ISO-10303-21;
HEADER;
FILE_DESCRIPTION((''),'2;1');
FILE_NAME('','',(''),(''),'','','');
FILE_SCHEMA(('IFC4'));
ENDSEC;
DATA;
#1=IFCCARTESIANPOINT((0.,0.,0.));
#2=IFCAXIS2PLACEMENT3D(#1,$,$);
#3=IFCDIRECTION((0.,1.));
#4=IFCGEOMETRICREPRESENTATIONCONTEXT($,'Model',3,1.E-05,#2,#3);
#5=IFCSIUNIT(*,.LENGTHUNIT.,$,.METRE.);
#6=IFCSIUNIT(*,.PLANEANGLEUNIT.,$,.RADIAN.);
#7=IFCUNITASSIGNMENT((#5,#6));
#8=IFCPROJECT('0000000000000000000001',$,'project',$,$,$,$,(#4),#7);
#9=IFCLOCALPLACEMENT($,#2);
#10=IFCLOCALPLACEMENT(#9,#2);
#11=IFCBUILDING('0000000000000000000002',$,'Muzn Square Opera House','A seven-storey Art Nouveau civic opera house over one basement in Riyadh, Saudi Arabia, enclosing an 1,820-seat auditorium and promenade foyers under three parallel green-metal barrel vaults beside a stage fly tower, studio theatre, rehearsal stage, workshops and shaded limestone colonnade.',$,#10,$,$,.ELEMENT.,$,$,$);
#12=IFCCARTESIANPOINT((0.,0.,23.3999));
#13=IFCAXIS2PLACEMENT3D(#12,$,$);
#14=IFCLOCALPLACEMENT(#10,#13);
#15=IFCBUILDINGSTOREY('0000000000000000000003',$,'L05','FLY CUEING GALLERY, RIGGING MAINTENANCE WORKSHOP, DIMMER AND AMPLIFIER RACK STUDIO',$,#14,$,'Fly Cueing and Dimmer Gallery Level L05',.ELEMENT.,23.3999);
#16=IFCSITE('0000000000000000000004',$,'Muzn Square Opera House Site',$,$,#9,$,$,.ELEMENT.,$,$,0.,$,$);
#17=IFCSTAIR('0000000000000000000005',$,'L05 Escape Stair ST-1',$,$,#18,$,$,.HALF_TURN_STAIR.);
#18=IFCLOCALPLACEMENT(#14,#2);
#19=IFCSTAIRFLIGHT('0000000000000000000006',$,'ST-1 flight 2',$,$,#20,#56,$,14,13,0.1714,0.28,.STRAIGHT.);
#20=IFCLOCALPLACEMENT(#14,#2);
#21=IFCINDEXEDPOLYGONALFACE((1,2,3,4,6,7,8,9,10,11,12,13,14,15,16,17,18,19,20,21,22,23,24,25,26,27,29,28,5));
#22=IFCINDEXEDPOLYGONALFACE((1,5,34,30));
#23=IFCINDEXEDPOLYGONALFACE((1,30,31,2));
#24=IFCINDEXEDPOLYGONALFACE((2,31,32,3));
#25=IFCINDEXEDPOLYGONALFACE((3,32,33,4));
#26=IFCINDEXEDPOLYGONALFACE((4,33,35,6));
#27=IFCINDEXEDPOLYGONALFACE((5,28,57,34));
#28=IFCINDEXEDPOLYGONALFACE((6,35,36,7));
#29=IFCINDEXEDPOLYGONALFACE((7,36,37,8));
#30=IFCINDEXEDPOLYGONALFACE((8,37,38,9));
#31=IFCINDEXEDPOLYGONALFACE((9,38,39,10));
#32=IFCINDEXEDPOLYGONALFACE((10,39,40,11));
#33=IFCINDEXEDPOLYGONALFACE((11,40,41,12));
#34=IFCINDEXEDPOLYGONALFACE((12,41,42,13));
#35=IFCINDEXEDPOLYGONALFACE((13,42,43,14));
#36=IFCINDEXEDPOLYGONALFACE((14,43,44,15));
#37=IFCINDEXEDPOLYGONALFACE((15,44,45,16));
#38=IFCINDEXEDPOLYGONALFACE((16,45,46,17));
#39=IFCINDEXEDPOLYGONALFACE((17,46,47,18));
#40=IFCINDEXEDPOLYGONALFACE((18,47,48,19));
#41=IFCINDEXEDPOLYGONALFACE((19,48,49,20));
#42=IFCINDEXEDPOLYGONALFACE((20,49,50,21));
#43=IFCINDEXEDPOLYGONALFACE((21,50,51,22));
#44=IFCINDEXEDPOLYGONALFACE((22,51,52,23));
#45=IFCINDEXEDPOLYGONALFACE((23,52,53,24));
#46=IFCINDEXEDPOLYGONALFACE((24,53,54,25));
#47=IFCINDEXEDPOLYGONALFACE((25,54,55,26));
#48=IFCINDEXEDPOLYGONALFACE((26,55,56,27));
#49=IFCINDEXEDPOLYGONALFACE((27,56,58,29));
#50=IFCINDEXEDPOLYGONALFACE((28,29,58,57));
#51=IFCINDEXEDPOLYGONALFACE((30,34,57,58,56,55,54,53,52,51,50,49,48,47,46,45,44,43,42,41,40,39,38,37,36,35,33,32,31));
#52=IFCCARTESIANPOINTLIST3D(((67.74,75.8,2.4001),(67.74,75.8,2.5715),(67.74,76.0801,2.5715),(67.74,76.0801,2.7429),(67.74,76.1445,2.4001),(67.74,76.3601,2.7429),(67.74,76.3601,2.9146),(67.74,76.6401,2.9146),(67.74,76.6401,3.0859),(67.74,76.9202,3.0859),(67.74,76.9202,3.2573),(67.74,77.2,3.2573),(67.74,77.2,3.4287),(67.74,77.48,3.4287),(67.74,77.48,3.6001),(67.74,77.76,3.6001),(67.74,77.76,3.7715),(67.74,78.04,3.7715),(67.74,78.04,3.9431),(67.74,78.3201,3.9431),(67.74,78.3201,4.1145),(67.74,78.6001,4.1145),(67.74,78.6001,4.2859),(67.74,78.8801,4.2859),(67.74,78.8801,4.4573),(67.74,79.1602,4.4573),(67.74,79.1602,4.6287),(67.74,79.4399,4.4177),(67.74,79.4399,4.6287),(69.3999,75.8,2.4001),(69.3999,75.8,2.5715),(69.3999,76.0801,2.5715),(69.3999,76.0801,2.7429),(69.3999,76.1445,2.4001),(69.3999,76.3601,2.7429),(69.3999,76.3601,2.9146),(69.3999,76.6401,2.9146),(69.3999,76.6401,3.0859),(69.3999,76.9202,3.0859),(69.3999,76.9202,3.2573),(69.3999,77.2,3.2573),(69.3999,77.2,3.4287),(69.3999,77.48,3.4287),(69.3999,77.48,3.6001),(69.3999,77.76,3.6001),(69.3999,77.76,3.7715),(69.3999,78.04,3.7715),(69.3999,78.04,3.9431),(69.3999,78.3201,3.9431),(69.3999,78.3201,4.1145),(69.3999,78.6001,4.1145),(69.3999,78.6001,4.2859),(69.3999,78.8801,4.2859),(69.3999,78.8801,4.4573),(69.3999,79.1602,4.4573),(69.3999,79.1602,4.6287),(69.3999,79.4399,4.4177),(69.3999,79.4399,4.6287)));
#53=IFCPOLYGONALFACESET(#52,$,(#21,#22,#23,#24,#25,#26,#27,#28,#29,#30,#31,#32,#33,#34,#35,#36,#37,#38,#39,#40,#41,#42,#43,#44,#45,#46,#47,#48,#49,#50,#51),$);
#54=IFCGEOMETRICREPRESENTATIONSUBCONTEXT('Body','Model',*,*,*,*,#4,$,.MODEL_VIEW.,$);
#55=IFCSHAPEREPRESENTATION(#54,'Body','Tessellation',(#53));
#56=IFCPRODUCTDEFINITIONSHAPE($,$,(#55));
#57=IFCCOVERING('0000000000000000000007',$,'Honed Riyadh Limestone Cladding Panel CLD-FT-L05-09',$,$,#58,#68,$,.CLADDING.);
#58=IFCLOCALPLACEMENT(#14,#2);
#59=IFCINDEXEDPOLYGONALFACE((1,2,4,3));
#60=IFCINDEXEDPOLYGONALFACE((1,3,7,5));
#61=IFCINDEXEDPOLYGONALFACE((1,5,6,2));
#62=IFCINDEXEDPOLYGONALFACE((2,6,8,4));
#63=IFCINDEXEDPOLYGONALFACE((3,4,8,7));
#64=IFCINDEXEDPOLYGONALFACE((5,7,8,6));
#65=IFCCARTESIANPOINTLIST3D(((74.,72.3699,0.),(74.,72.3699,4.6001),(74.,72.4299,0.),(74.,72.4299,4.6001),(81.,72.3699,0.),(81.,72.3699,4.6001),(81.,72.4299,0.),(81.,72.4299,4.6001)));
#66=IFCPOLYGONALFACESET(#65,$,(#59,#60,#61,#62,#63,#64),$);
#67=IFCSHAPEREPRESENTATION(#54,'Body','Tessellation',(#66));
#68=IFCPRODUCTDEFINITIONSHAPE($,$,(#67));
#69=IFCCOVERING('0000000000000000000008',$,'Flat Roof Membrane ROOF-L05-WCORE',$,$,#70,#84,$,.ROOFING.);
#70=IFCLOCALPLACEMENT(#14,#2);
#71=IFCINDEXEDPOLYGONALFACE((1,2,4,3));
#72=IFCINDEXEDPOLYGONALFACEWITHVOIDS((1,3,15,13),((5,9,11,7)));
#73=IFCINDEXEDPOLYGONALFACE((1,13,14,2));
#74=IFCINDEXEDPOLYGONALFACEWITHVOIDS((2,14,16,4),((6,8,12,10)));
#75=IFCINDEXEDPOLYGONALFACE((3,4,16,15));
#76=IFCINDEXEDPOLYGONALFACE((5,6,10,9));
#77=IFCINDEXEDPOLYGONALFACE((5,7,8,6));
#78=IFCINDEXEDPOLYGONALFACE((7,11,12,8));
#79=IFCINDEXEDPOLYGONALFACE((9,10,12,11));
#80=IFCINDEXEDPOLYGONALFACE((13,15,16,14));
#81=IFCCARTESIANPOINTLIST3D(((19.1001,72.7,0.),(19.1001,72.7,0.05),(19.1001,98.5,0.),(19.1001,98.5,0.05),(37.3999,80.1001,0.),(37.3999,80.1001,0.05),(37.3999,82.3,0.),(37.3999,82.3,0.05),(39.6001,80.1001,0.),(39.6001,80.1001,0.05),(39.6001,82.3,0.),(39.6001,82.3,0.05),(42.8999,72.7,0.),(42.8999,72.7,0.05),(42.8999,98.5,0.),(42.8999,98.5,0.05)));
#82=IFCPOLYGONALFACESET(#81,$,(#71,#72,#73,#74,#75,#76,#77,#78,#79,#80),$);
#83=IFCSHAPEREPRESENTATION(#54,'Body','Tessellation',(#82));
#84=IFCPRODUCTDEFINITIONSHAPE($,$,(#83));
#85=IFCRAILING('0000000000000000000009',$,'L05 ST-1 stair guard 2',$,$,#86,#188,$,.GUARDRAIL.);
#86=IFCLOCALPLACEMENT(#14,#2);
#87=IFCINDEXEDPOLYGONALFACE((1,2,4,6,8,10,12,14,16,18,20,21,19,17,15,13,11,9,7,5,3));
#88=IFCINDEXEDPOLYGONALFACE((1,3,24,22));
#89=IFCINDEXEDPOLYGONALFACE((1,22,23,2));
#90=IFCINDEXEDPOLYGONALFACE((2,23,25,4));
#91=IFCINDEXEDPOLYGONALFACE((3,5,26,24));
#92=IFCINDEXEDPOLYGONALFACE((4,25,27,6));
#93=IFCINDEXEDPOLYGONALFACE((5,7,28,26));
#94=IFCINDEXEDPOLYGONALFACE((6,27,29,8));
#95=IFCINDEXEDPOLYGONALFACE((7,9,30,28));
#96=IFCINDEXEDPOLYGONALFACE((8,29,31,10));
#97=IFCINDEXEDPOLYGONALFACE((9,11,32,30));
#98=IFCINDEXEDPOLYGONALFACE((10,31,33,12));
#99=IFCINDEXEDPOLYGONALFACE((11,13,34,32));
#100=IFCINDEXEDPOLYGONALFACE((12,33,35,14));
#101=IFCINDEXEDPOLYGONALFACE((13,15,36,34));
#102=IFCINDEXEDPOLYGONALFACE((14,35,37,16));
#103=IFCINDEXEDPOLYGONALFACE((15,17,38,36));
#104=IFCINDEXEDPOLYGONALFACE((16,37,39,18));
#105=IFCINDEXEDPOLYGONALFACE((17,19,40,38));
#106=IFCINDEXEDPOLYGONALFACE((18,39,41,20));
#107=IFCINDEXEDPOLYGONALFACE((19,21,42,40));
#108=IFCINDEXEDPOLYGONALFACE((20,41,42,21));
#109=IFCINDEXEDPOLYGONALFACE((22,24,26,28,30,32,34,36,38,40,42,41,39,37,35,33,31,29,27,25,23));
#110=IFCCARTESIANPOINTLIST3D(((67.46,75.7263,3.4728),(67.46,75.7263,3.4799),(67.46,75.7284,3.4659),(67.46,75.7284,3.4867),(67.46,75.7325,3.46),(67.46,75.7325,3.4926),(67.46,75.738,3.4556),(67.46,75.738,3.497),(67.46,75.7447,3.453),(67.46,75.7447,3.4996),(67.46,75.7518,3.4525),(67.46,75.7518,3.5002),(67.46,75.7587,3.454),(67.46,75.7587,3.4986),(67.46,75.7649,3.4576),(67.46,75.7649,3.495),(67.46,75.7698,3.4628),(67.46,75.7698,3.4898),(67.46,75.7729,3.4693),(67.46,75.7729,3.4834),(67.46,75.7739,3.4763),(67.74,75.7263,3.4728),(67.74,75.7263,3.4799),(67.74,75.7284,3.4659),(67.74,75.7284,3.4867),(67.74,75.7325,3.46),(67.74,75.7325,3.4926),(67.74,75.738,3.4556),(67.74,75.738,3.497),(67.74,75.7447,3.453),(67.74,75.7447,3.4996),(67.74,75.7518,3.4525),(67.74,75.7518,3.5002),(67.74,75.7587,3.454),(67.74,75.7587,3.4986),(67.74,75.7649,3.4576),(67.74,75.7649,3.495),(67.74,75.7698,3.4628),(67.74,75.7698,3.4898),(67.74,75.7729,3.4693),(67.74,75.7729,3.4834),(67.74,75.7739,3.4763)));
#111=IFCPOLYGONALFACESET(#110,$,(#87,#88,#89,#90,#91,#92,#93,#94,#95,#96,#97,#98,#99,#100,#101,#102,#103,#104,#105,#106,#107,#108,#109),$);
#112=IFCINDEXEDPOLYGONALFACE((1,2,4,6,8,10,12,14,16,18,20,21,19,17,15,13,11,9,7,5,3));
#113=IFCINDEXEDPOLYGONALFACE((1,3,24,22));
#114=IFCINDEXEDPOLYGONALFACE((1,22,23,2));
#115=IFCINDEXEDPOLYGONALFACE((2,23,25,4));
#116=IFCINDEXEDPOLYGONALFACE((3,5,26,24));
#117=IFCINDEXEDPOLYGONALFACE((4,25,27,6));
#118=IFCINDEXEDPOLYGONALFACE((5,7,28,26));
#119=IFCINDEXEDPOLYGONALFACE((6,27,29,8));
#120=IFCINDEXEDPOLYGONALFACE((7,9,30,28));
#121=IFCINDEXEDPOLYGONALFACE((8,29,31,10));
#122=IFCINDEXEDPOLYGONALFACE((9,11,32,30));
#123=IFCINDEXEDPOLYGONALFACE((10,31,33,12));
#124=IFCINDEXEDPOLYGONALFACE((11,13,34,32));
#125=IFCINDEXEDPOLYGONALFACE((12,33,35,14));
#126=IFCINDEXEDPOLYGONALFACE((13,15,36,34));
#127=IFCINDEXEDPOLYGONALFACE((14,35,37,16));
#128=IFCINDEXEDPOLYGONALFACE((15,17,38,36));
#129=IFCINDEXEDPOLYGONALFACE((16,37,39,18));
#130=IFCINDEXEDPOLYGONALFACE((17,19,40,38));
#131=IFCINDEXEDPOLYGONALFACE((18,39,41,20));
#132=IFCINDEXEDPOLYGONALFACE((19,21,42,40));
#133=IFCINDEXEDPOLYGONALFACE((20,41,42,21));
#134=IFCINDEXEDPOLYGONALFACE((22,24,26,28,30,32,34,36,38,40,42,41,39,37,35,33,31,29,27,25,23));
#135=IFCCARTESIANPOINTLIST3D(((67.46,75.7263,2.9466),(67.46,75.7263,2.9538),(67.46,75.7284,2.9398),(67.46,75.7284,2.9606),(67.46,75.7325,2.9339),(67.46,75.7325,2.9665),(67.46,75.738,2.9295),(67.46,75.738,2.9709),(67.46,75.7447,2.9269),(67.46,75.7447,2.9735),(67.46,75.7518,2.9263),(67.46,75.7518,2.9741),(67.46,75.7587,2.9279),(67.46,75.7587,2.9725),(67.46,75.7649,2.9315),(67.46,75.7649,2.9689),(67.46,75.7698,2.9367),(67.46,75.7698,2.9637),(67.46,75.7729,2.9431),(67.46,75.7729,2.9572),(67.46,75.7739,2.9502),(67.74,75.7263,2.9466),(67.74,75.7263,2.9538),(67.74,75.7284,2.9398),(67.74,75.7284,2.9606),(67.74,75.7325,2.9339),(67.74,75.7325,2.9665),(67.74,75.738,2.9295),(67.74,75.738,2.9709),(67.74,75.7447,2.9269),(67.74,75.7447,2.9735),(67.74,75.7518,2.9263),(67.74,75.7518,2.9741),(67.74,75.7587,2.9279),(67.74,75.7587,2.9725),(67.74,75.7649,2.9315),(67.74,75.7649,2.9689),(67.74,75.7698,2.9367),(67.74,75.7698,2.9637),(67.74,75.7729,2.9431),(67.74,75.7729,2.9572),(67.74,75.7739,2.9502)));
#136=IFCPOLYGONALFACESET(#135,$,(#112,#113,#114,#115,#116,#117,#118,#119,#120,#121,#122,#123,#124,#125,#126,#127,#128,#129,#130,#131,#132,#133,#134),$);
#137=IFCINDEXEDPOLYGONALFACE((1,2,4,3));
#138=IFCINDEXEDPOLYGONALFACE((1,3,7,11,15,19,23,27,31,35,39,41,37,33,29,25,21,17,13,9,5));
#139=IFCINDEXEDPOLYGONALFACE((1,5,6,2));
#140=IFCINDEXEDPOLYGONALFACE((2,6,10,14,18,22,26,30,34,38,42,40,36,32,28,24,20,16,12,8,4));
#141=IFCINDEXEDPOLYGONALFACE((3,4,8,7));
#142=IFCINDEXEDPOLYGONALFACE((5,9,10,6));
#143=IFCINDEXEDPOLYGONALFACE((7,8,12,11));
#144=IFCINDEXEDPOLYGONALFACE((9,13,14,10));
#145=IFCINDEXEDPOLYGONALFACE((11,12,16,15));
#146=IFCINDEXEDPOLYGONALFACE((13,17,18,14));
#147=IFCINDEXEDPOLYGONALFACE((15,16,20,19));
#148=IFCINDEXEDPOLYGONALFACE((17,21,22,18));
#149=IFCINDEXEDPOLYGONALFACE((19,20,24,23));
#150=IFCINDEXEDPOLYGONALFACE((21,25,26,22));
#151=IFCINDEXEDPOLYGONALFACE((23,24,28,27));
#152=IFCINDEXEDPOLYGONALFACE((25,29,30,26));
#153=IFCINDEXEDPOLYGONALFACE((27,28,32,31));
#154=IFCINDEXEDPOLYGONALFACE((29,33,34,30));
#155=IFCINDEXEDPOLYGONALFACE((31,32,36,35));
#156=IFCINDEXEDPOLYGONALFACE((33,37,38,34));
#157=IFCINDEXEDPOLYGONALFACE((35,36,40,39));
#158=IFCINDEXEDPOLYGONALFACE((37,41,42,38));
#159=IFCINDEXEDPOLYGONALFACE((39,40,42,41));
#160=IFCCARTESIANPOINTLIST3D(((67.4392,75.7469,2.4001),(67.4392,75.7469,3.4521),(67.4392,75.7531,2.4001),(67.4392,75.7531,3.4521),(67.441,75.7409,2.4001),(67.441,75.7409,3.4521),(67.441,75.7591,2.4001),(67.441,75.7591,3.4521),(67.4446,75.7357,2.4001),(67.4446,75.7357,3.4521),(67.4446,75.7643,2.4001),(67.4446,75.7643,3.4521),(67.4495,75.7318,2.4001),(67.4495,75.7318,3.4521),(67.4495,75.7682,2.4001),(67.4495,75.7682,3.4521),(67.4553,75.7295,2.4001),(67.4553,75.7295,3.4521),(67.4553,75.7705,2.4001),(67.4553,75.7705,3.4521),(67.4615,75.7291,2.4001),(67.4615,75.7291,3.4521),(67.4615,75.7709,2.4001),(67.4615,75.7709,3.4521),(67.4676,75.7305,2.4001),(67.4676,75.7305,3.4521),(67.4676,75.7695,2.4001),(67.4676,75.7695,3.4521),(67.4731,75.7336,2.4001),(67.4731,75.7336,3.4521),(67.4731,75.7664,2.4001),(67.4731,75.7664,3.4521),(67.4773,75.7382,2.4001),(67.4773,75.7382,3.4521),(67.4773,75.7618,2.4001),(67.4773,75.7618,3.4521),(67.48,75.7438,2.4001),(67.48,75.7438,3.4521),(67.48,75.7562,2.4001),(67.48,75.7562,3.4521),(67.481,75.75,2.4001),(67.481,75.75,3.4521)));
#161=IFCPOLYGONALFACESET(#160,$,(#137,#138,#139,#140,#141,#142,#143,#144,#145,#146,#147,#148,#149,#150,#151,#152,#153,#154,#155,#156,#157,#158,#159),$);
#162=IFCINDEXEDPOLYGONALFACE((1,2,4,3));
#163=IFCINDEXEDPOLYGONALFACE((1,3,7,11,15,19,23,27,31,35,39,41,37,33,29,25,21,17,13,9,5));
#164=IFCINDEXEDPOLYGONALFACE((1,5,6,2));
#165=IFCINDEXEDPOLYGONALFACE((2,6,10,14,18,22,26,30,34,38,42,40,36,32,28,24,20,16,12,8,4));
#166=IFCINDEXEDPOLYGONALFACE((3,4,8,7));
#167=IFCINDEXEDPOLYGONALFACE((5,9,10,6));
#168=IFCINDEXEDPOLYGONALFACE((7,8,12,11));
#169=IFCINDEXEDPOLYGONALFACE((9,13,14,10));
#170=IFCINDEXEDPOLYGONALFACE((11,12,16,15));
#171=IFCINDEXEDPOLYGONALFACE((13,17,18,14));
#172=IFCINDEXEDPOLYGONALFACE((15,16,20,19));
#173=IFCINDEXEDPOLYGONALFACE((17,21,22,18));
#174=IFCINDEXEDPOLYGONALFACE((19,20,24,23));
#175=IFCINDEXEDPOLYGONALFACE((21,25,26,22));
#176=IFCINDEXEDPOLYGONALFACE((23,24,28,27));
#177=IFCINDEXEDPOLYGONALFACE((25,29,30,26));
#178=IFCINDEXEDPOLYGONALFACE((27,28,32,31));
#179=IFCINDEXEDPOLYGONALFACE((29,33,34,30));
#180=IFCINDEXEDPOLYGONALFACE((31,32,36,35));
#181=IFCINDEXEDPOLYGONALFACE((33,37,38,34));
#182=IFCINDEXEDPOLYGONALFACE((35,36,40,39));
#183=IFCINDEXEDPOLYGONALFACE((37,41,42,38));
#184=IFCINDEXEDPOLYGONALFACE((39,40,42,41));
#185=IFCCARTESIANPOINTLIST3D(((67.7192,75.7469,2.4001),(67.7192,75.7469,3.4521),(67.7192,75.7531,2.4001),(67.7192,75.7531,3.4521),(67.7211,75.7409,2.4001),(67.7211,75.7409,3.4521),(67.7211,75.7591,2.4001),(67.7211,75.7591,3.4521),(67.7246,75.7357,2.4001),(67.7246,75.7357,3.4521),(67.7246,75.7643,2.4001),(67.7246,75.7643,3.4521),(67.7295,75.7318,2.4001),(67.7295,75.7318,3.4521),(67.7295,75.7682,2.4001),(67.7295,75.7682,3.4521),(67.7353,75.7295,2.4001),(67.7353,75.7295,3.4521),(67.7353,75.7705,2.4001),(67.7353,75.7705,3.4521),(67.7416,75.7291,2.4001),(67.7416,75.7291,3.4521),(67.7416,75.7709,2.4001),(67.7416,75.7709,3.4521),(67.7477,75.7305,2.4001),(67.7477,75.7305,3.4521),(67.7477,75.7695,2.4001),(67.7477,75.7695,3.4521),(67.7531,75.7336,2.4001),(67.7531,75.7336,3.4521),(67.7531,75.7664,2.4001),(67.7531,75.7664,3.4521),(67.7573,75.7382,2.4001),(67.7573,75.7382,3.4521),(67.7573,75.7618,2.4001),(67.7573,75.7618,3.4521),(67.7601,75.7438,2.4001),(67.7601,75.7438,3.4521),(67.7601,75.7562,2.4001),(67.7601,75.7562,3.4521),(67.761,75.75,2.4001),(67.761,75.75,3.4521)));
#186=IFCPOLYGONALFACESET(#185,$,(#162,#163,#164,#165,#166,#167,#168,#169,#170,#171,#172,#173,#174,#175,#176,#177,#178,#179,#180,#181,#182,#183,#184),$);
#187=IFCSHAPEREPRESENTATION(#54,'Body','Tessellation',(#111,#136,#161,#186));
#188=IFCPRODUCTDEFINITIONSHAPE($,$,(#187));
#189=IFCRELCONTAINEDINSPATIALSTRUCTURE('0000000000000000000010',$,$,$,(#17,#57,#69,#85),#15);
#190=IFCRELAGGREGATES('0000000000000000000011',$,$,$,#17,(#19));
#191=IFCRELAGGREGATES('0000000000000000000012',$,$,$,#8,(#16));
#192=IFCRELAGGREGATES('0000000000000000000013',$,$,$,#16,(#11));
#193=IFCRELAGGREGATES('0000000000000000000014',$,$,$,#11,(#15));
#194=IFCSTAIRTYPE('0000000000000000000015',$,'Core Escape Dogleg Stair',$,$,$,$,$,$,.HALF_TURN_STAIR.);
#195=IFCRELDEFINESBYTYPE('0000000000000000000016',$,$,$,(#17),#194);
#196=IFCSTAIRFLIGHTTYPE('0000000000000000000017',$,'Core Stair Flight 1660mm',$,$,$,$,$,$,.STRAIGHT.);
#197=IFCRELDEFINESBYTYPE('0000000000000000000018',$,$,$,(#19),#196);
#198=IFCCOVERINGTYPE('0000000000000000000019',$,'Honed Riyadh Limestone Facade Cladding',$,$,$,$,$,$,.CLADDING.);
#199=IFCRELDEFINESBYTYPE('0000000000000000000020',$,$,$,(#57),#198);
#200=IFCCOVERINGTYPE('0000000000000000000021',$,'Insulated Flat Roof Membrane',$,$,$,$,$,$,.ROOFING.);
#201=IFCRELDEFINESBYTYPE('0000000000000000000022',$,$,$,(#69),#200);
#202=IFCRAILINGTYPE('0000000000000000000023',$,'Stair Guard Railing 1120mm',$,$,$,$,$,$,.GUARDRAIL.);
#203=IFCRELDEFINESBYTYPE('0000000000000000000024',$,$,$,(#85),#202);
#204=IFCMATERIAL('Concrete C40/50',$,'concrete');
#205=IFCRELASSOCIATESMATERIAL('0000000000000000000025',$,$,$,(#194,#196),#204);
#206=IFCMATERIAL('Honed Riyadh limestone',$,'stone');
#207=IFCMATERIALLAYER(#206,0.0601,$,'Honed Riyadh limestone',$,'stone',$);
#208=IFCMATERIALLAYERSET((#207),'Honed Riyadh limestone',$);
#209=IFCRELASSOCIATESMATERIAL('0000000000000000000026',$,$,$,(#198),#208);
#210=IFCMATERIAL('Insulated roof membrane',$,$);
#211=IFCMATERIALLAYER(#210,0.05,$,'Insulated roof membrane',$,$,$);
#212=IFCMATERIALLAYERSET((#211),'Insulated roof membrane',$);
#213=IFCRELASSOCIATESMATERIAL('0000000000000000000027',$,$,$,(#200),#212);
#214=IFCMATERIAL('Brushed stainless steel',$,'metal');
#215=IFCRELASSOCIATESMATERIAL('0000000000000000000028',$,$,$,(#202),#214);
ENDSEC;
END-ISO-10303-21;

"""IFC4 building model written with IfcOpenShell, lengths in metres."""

from ifc_helpers import new_model, si_unit, direction, frame, origin, origin_2d, place, context, subcontext, project, spatial, polyline, rectangle, circle, outline, extrude, material, layer, layer_set, type_object, element, aggregate, save


model = new_model("IFC4")

# Units and contexts
model_context = context("Model", 3, precision=1e-05, world=origin(), true_north=direction((0.0, 1.0)))
body_context = subcontext(model_context, "Body", "Model", "MODEL_VIEW")
ifc_project = project(units=[si_unit("LENGTHUNIT", "METRE"), si_unit("PLANEANGLEUNIT", "RADIAN")], contexts=[model_context])

# Site, building, storey
site_placement = place(None, origin())
site = spatial("IfcSite", under=ifc_project, at=site_placement, Name="Muzn Square Opera House Site", CompositionType="ELEMENT", RefElevation=0.0)
building_placement = place(site_placement, origin())
building = spatial("IfcBuilding", under=site, at=building_placement, Name="Muzn Square Opera House", Description="A seven-storey Art Nouveau civic opera house over one basement in Riyadh, Saudi Arabia, enclosing an 1,820-seat auditorium and promenade foyers under three parallel green-metal barrel vaults beside a stage fly tower, studio theatre, rehearsal stage, workshops and shaded limestone colonnade.", CompositionType="ELEMENT")
storey_placement = place(building_placement, frame((0.0, 0.0, 23.3999)))
storey = spatial("IfcBuildingStorey", under=building, at=storey_placement, Name="L05", Description="FLY CUEING GALLERY, RIGGING MAINTENANCE WORKSHOP, DIMMER AND AMPLIFIER RACK STUDIO", LongName="Fly Cueing and Dimmer Gallery Level L05", CompositionType="ELEMENT", Elevation=23.3999)

# Shared definitions
ifc_material_1 = material(Name="Concrete C40/50", Category="concrete")

# Stair
stair_type = type_object("IfcStairType", Name="Core Escape Dogleg Stair", PredefinedType="HALF_TURN_STAIR", material=ifc_material_1)
stair_1_placement = place(storey_placement, origin())
stair_1 = element("IfcStair", 1, at=stair_1_placement, inside=storey, type_object=stair_type, Name="L05 Escape Stair ST-1", PredefinedType="HALF_TURN_STAIR")

# Stair flight
stair_flight_type = type_object("IfcStairFlightType", Name="Core Stair Flight 1660mm", PredefinedType="STRAIGHT", material=ifc_material_1)
stair_flight_placement = place(storey_placement, frame((68.5701, 75.8, 2.4001), z_axis=(0.0, 0.0, 1.0), x_axis=(0.0, 1.0, 0.0)))
stair_flight = element("IfcStairFlight", 2, at=stair_flight_placement, type_object=stair_flight_type, Name="ST-1 flight 2", NumberOfRisers=14, NumberOfTreads=13, PredefinedType="STRAIGHT", RiserHeight=0.1714, TreadLength=0.28, context=body_context, shape_type="SweptSolid", body=[
    extrude(outline(polyline([(0.0, 0.0), (0.0, 0.1714), (0.28, 0.1714), (0.28, 0.3428), (0.5601, 0.3428), (0.5601, 0.5144), (0.8401, 0.5144), (0.8401, 0.6858), (1.1201, 0.6858), (1.1201, 0.8572), (1.3999, 0.8572), (1.3999, 1.0286), (1.6799, 1.0286), (1.6799, 1.2), (1.96, 1.2), (1.96, 1.3713), (2.24, 1.3713), (2.24, 1.543), (2.52, 1.543), (2.52, 1.7144), (2.8, 1.7144), (2.8, 1.8857), (3.0801, 1.8857), (3.0801, 2.0571), (3.3601, 2.0571), (3.3601, 2.2285), (3.6399, 2.2285), (3.6399, 2.3999), (3.6399, 2.0176), (0.3445, 0.0), (0.0, 0.0)])), frame((0.0, 0.8301, 0.0), z_axis=(0.0, -1.0, 0.0), x_axis=(1.0, 0.0, 0.0)), (0.0, 0.0, 1.0), 1.6599),
])
aggregate(stair_1, [stair_flight])

# Coverings
ifc_material_2 = material(Name="Honed Riyadh limestone", Category="stone")
ifc_layer_1 = layer(ifc_material_2, 0.0601, Name="Honed Riyadh limestone", Category="stone")
ifc_layer_set_1 = layer_set([ifc_layer_1], Name="Honed Riyadh limestone")
covering_type_1 = type_object("IfcCoveringType", Name="Honed Riyadh Limestone Facade Cladding", PredefinedType="CLADDING", material=ifc_layer_set_1)
covering_1_placement = place(storey_placement, frame((77.5, 72.3999, 0.0), z_axis=(0.0, 0.0, 1.0), x_axis=(1.0, 0.0, 0.0)))
element("IfcCovering", 3, at=covering_1_placement, inside=storey, type_object=covering_type_1, Name="Honed Riyadh Limestone Cladding Panel CLD-FT-L05-09", PredefinedType="CLADDING", context=body_context, shape_type="SweptSolid", body=[
    extrude(rectangle(XDim=7.0, YDim=0.0601, at=origin_2d()), origin(), (0.0, 0.0, 1.0), 4.6001),
])
ifc_material_3 = material(Name="Insulated roof membrane")
ifc_layer_2 = layer(ifc_material_3, 0.05, Name="Insulated roof membrane")
ifc_layer_set_2 = layer_set([ifc_layer_2], Name="Insulated roof membrane")
covering_type_2 = type_object("IfcCoveringType", Name="Insulated Flat Roof Membrane", PredefinedType="ROOFING", material=ifc_layer_set_2)
covering_2_placement = place(storey_placement, origin())
element("IfcCovering", 4, at=covering_2_placement, inside=storey, type_object=covering_type_2, Name="Flat Roof Membrane ROOF-L05-WCORE", PredefinedType="ROOFING", context=body_context, shape_type="SweptSolid", body=[
    extrude(outline(polyline([(19.1001, 72.7), (42.8999, 72.7), (42.8999, 98.5), (19.1001, 98.5), (19.1001, 72.7)]), holes=[polyline([(37.3999, 80.1001), (39.6001, 80.1001), (39.6001, 82.3), (37.3999, 82.3), (37.3999, 80.1001)])]), origin(), (0.0, 0.0, 1.0), 0.05),
])

# Railing
ifc_material_4 = material(Name="Brushed stainless steel", Category="metal")
railing_type_1 = type_object("IfcRailingType", Name="Stair Guard Railing 1120mm", PredefinedType="GUARDRAIL", material=ifc_material_4)
railing_1_placement = place(storey_placement, frame((67.46, 75.75, 2.4001)))
element("IfcRailing", 5, at=railing_1_placement, inside=storey, type_object=railing_type_1, Name="L05 ST-1 stair guard 2", PredefinedType="GUARDRAIL", context=body_context, shape_type="SweptSolid", body=[
    extrude(circle(Radius=0.0239, at=origin_2d()), frame((0.0, 0.0, 1.0762), z_axis=(1.0, 0.0, 0.0), x_axis=(0.0, 1.0, 0.0)), (0.0, 0.0, 1.0), 0.28),
    extrude(circle(Radius=0.0239, at=origin_2d()), frame((0.0, 0.0, 0.55), z_axis=(1.0, 0.0, 0.0), x_axis=(0.0, 1.0, 0.0)), (0.0, 0.0, 1.0), 0.28),
    extrude(circle(Radius=0.021, at=origin_2d()), origin(), (0.0, 0.0, 1.0), 1.052),
    extrude(circle(Radius=0.021, at=origin_2d()), frame((0.28, 0.0, 0.0)), (0.0, 0.0, 1.0), 1.052),
])

save(model, "model.ifc")
